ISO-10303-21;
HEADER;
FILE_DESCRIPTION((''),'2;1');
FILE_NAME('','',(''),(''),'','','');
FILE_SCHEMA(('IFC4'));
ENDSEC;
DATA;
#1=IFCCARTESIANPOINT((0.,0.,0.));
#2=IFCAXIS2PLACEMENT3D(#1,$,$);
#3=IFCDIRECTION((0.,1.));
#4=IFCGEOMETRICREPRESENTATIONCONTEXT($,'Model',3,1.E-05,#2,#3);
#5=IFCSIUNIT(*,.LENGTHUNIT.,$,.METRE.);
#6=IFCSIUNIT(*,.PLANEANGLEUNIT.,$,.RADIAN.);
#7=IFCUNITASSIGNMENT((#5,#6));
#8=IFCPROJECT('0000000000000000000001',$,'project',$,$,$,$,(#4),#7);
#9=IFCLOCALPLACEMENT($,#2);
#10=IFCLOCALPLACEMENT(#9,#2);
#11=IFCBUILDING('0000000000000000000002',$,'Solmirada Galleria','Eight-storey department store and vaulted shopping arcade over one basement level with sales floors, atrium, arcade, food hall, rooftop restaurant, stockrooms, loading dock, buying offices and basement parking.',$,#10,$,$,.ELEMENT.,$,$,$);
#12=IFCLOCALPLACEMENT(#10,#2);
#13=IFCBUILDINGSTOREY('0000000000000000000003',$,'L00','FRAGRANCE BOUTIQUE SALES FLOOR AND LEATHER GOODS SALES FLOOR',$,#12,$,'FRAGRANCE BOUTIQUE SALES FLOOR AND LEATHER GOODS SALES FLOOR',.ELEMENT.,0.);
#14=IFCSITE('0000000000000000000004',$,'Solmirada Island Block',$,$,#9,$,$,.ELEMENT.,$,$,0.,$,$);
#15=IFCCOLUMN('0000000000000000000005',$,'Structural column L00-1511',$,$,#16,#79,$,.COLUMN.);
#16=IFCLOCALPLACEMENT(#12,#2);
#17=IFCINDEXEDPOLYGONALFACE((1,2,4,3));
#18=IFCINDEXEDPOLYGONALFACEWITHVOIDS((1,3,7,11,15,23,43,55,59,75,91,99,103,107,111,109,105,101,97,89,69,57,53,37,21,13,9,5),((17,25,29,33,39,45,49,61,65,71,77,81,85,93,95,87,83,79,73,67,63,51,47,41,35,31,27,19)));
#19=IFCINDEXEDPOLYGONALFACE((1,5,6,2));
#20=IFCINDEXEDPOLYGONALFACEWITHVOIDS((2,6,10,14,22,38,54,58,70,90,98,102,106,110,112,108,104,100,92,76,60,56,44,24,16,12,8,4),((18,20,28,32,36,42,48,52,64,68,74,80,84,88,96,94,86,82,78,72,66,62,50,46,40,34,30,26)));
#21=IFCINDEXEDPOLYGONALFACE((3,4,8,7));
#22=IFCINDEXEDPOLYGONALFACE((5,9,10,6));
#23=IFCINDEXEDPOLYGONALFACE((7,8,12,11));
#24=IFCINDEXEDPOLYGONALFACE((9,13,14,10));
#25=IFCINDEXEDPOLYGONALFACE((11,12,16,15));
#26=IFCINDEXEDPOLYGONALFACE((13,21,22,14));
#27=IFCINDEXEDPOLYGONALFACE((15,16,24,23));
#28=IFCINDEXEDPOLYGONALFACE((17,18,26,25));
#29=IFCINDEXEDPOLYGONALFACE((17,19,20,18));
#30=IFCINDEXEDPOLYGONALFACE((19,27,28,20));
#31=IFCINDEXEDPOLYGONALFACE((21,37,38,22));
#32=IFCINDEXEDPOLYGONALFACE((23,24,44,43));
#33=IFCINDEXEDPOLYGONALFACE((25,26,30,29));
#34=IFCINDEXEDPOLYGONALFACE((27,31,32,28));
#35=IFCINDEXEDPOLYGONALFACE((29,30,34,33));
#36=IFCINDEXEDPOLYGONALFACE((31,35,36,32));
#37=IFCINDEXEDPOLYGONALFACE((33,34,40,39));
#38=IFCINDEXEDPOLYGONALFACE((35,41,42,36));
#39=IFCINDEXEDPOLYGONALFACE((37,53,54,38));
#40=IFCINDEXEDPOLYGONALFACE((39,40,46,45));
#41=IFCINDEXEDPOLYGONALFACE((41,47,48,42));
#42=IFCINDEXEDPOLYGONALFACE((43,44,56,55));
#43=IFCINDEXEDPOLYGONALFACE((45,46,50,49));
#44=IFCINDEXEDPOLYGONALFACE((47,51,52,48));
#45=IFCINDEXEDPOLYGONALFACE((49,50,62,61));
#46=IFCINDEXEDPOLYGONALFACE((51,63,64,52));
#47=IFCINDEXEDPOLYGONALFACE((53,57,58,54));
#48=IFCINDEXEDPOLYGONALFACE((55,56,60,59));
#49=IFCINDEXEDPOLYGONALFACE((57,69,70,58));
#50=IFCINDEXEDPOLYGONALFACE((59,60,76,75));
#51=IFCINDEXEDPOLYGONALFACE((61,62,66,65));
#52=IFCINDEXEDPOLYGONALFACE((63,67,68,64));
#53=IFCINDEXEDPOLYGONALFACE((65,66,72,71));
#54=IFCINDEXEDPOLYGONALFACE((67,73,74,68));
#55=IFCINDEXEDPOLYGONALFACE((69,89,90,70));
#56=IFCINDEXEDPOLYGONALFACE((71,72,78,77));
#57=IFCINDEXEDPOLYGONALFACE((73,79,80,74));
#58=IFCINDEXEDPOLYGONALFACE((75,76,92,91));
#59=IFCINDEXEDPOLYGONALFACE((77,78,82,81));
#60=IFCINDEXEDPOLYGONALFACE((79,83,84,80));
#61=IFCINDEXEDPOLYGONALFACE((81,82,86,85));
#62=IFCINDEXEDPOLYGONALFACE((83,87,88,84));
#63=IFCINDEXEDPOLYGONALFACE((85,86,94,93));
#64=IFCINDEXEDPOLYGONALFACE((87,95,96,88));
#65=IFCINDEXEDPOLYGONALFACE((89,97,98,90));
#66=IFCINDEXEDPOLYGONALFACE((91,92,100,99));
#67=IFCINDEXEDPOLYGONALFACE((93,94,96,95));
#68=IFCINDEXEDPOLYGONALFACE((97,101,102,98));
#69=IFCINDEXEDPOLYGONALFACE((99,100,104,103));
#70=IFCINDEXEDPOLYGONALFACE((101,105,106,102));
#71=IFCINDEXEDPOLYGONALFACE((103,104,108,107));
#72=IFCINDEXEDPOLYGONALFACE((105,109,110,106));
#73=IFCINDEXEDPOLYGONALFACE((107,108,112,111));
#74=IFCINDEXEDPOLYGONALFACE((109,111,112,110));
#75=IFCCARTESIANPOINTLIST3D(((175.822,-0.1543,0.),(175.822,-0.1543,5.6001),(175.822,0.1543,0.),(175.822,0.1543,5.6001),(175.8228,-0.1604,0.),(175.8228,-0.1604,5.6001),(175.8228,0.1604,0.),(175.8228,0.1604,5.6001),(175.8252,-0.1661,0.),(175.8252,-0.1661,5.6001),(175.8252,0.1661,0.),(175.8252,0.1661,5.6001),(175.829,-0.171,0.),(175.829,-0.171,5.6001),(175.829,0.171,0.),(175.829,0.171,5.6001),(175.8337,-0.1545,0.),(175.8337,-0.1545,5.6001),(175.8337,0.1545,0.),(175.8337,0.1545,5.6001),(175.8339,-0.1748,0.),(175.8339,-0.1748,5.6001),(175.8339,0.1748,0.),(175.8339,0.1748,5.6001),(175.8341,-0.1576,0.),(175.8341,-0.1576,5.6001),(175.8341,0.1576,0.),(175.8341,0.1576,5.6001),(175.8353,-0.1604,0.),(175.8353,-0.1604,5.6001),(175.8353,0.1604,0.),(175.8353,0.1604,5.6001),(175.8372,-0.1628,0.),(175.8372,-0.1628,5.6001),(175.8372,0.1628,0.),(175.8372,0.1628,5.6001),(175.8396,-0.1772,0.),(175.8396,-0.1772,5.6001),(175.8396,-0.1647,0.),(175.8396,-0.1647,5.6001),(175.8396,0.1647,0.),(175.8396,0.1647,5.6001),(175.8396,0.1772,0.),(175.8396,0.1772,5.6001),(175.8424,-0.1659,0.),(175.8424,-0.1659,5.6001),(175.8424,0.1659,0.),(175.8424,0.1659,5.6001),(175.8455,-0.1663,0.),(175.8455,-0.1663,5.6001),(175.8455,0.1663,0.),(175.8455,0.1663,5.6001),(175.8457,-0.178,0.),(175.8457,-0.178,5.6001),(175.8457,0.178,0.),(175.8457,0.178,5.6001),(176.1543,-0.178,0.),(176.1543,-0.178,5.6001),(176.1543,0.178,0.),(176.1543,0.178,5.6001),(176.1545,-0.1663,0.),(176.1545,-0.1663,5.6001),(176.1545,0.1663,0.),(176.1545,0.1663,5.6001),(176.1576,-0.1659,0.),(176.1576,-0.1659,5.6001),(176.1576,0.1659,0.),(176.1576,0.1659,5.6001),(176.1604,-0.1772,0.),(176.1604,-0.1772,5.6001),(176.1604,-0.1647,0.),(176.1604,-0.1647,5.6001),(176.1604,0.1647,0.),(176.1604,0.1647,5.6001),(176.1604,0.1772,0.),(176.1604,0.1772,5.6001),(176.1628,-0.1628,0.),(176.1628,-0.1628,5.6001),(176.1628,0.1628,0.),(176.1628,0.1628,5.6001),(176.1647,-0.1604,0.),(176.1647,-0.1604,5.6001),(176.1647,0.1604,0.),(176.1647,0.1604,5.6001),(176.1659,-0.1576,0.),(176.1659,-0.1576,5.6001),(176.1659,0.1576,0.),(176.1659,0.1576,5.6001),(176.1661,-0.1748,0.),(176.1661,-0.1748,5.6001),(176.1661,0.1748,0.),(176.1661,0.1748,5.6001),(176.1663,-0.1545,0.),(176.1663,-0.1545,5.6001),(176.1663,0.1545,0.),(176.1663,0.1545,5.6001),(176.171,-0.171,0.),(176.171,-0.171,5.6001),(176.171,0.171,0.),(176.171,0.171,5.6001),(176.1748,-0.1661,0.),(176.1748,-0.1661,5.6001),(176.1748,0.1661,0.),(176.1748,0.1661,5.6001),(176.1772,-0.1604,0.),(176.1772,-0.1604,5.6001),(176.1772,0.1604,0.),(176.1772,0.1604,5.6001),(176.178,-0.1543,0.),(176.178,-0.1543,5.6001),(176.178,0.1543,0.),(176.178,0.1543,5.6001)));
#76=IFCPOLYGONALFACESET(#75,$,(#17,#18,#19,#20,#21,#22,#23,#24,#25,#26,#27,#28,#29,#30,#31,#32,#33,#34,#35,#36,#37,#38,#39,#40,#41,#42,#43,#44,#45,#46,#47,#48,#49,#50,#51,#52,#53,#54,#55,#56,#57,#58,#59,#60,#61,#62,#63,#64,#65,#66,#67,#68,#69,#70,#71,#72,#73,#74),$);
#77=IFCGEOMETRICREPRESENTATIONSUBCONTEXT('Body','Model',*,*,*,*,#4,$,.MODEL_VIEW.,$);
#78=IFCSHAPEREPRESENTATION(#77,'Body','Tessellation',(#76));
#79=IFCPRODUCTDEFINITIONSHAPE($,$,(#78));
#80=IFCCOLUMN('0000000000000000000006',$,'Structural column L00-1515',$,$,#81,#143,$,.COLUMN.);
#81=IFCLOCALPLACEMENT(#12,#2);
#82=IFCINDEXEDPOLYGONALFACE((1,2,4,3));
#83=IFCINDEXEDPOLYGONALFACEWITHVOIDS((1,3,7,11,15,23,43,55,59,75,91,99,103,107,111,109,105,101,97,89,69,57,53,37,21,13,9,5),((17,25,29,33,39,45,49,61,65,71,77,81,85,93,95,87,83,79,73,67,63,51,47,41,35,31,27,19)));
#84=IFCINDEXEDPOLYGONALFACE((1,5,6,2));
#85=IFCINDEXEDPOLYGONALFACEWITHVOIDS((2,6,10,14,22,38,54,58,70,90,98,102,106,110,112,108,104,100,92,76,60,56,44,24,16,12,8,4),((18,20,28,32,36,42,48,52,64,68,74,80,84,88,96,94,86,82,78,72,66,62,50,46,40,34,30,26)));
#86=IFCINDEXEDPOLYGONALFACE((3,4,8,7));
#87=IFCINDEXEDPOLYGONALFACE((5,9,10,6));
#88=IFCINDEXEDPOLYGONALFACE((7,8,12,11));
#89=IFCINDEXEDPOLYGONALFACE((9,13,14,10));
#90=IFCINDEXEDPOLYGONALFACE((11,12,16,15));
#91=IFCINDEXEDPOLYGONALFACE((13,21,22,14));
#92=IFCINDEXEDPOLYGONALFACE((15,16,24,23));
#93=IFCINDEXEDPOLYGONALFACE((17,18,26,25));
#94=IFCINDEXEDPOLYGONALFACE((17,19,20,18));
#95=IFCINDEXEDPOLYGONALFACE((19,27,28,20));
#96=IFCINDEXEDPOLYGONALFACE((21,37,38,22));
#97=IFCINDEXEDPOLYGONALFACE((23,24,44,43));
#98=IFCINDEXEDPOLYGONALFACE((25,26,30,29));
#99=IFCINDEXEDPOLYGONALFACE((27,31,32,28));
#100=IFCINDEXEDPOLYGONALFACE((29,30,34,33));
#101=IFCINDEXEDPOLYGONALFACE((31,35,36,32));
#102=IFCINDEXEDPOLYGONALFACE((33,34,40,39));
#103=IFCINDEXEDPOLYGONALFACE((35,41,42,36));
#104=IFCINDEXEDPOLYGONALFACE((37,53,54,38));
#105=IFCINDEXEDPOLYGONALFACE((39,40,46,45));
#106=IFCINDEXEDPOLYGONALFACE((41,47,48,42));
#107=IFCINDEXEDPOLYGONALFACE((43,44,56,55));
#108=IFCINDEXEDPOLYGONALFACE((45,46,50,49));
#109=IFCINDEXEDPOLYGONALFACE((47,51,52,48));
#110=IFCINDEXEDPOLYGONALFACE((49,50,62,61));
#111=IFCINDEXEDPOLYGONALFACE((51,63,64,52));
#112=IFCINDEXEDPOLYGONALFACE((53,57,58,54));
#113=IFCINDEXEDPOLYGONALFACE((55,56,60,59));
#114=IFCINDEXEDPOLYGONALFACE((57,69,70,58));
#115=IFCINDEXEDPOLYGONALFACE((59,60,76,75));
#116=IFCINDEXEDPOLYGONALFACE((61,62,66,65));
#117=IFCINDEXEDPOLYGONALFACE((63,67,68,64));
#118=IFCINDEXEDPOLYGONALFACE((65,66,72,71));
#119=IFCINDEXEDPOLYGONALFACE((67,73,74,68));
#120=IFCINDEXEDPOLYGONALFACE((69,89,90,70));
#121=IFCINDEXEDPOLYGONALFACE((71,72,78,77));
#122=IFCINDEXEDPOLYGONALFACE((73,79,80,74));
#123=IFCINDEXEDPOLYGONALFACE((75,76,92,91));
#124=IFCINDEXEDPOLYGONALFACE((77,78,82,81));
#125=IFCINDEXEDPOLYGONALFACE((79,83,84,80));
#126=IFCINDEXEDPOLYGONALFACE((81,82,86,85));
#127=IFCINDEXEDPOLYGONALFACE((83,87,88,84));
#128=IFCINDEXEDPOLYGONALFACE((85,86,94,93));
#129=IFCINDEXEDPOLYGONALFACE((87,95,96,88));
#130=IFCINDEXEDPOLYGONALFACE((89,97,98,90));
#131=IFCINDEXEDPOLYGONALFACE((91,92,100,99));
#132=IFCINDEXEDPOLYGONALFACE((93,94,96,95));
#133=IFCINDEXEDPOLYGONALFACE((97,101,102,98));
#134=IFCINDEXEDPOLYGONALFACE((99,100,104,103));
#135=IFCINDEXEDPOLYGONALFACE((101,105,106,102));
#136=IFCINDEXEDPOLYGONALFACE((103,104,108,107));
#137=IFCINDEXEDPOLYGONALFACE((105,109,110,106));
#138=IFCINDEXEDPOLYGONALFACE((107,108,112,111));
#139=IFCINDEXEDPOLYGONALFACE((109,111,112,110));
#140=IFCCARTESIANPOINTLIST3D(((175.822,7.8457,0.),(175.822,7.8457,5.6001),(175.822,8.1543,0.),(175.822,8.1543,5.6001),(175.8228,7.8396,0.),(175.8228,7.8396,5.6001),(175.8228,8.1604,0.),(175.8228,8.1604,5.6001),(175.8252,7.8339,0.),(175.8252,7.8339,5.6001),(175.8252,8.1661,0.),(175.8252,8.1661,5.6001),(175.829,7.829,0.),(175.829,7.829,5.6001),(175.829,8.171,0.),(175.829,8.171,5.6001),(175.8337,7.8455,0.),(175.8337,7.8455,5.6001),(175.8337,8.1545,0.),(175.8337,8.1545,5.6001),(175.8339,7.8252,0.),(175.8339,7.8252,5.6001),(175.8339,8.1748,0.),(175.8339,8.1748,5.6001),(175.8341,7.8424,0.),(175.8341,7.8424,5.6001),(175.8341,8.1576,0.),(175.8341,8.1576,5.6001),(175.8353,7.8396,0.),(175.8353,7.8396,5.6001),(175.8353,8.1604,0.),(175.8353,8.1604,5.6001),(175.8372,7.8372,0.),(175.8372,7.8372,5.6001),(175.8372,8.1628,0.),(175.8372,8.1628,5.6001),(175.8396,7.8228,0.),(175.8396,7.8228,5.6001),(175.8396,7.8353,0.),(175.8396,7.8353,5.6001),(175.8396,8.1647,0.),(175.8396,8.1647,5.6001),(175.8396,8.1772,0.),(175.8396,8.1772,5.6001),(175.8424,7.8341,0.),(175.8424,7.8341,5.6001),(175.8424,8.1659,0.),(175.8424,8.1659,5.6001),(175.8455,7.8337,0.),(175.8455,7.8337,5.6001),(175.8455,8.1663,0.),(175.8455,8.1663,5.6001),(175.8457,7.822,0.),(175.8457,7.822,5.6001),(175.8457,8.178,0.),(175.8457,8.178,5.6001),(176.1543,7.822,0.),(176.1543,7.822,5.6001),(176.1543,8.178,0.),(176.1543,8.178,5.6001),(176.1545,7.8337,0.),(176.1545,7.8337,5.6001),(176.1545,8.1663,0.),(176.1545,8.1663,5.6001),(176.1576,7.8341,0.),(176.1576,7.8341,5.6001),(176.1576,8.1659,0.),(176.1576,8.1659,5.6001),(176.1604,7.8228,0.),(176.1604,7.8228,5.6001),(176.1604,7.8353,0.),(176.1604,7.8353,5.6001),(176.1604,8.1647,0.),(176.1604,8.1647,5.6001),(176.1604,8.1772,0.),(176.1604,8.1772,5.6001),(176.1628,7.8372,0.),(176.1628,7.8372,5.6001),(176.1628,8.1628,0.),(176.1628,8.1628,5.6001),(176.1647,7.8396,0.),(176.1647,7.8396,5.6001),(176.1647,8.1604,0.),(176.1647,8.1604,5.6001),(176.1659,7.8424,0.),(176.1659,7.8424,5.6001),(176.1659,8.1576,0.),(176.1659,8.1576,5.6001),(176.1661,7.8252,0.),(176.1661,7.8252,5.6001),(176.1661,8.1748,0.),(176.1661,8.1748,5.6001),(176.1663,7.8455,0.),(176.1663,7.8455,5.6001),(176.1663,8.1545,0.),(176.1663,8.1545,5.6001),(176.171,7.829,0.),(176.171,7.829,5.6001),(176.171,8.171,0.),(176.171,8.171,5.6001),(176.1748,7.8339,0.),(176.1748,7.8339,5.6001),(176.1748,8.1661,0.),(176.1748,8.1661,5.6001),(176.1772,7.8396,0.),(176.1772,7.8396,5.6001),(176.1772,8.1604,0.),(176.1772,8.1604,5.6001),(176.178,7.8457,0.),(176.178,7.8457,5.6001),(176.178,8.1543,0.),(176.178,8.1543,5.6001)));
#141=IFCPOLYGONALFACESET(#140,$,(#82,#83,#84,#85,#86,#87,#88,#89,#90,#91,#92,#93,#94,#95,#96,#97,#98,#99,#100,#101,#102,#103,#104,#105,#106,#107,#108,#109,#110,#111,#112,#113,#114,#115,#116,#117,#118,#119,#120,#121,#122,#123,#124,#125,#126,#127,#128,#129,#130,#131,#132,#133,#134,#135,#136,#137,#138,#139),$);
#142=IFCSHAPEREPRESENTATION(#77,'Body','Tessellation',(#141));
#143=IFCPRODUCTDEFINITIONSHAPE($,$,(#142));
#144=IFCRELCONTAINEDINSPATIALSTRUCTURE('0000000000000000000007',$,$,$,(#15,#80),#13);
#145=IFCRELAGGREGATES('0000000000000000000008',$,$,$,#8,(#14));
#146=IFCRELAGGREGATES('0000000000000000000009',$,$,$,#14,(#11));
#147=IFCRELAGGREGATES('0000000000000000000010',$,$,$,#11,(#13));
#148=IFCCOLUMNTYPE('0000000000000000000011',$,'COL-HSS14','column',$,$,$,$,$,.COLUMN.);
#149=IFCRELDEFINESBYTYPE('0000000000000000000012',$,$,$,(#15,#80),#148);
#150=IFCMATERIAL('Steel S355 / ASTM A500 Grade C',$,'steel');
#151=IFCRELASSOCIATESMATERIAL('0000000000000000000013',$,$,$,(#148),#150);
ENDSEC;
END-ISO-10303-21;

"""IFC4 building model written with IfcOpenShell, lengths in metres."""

from ifc_helpers import new_model, si_unit, direction, frame, origin, origin_2d, place, context, subcontext, project, spatial, hollow_rectangle, extrude, material, material_profile, profile_set, type_object, element, save


model = new_model("IFC4")

# Units and contexts
model_context = context("Model", 3, precision=1e-05, world=origin(), true_north=direction((0.0, 1.0)))
body_context = subcontext(model_context, "Body", "Model", "MODEL_VIEW")
ifc_project = project(units=[si_unit("LENGTHUNIT", "METRE"), si_unit("PLANEANGLEUNIT", "RADIAN")], contexts=[model_context])

# Site, building, storey
site_placement = place(None, origin())
site = spatial("IfcSite", under=ifc_project, at=site_placement, Name="Solmirada Island Block", CompositionType="ELEMENT", RefElevation=0.0)
building_placement = place(site_placement, origin())
building = spatial("IfcBuilding", under=site, at=building_placement, Name="Solmirada Galleria", Description="Eight-storey department store and vaulted shopping arcade over one basement level with sales floors, atrium, arcade, food hall, rooftop restaurant, stockrooms, loading dock, buying offices and basement parking.", CompositionType="ELEMENT")
storey_placement = place(building_placement, origin())
storey = spatial("IfcBuildingStorey", under=building, at=storey_placement, Name="L00", Description="FRAGRANCE BOUTIQUE SALES FLOOR AND LEATHER GOODS SALES FLOOR", LongName="FRAGRANCE BOUTIQUE SALES FLOOR AND LEATHER GOODS SALES FLOOR", CompositionType="ELEMENT", Elevation=0.0)

# Columns
ifc_material_1 = material(Name="Steel S355 / ASTM A500 Grade C", Category="steel")
ifc_material_profile_1 = material_profile(ifc_material_1, hollow_rectangle(XDim=0.356, YDim=0.356, WallThickness=0.0117, InnerFilletRadius=0.0117, OuterFilletRadius=0.0237, at=origin_2d()), Name="HSS14X14X1/2")
ifc_profile_set_1 = profile_set([ifc_material_profile_1], Name="Steel S355 / ASTM A500 Grade C")
column_type = type_object("IfcColumnType", Name="COL-HSS14", Description="column", PredefinedType="COLUMN", material=ifc_profile_set_1)
for number, where, z_axis, x_axis, name in (
    (1, (176.0, 0.0, 0.0), (0.0, 0.0, 1.0), (1.0, 0.0, 0.0), "Structural column L00-1511"),
    (2, (176.0, 8.0, 0.0), (0.0, 0.0, 1.0), (1.0, 0.0, 0.0), "Structural column L00-1515"),
):
    element("IfcColumn", number, at=place(storey_placement, frame(where, z_axis=z_axis, x_axis=x_axis)), inside=storey, type_object=column_type, Name=name, PredefinedType="COLUMN", context=body_context, shape_type="SweptSolid", body=[
        extrude(hollow_rectangle(XDim=0.356, YDim=0.356, WallThickness=0.0117, InnerFilletRadius=0.0117, OuterFilletRadius=0.0237, at=origin_2d()), origin(), (0.0, 0.0, 1.0), 5.6001),
    ])

save(model, "model.ifc")
